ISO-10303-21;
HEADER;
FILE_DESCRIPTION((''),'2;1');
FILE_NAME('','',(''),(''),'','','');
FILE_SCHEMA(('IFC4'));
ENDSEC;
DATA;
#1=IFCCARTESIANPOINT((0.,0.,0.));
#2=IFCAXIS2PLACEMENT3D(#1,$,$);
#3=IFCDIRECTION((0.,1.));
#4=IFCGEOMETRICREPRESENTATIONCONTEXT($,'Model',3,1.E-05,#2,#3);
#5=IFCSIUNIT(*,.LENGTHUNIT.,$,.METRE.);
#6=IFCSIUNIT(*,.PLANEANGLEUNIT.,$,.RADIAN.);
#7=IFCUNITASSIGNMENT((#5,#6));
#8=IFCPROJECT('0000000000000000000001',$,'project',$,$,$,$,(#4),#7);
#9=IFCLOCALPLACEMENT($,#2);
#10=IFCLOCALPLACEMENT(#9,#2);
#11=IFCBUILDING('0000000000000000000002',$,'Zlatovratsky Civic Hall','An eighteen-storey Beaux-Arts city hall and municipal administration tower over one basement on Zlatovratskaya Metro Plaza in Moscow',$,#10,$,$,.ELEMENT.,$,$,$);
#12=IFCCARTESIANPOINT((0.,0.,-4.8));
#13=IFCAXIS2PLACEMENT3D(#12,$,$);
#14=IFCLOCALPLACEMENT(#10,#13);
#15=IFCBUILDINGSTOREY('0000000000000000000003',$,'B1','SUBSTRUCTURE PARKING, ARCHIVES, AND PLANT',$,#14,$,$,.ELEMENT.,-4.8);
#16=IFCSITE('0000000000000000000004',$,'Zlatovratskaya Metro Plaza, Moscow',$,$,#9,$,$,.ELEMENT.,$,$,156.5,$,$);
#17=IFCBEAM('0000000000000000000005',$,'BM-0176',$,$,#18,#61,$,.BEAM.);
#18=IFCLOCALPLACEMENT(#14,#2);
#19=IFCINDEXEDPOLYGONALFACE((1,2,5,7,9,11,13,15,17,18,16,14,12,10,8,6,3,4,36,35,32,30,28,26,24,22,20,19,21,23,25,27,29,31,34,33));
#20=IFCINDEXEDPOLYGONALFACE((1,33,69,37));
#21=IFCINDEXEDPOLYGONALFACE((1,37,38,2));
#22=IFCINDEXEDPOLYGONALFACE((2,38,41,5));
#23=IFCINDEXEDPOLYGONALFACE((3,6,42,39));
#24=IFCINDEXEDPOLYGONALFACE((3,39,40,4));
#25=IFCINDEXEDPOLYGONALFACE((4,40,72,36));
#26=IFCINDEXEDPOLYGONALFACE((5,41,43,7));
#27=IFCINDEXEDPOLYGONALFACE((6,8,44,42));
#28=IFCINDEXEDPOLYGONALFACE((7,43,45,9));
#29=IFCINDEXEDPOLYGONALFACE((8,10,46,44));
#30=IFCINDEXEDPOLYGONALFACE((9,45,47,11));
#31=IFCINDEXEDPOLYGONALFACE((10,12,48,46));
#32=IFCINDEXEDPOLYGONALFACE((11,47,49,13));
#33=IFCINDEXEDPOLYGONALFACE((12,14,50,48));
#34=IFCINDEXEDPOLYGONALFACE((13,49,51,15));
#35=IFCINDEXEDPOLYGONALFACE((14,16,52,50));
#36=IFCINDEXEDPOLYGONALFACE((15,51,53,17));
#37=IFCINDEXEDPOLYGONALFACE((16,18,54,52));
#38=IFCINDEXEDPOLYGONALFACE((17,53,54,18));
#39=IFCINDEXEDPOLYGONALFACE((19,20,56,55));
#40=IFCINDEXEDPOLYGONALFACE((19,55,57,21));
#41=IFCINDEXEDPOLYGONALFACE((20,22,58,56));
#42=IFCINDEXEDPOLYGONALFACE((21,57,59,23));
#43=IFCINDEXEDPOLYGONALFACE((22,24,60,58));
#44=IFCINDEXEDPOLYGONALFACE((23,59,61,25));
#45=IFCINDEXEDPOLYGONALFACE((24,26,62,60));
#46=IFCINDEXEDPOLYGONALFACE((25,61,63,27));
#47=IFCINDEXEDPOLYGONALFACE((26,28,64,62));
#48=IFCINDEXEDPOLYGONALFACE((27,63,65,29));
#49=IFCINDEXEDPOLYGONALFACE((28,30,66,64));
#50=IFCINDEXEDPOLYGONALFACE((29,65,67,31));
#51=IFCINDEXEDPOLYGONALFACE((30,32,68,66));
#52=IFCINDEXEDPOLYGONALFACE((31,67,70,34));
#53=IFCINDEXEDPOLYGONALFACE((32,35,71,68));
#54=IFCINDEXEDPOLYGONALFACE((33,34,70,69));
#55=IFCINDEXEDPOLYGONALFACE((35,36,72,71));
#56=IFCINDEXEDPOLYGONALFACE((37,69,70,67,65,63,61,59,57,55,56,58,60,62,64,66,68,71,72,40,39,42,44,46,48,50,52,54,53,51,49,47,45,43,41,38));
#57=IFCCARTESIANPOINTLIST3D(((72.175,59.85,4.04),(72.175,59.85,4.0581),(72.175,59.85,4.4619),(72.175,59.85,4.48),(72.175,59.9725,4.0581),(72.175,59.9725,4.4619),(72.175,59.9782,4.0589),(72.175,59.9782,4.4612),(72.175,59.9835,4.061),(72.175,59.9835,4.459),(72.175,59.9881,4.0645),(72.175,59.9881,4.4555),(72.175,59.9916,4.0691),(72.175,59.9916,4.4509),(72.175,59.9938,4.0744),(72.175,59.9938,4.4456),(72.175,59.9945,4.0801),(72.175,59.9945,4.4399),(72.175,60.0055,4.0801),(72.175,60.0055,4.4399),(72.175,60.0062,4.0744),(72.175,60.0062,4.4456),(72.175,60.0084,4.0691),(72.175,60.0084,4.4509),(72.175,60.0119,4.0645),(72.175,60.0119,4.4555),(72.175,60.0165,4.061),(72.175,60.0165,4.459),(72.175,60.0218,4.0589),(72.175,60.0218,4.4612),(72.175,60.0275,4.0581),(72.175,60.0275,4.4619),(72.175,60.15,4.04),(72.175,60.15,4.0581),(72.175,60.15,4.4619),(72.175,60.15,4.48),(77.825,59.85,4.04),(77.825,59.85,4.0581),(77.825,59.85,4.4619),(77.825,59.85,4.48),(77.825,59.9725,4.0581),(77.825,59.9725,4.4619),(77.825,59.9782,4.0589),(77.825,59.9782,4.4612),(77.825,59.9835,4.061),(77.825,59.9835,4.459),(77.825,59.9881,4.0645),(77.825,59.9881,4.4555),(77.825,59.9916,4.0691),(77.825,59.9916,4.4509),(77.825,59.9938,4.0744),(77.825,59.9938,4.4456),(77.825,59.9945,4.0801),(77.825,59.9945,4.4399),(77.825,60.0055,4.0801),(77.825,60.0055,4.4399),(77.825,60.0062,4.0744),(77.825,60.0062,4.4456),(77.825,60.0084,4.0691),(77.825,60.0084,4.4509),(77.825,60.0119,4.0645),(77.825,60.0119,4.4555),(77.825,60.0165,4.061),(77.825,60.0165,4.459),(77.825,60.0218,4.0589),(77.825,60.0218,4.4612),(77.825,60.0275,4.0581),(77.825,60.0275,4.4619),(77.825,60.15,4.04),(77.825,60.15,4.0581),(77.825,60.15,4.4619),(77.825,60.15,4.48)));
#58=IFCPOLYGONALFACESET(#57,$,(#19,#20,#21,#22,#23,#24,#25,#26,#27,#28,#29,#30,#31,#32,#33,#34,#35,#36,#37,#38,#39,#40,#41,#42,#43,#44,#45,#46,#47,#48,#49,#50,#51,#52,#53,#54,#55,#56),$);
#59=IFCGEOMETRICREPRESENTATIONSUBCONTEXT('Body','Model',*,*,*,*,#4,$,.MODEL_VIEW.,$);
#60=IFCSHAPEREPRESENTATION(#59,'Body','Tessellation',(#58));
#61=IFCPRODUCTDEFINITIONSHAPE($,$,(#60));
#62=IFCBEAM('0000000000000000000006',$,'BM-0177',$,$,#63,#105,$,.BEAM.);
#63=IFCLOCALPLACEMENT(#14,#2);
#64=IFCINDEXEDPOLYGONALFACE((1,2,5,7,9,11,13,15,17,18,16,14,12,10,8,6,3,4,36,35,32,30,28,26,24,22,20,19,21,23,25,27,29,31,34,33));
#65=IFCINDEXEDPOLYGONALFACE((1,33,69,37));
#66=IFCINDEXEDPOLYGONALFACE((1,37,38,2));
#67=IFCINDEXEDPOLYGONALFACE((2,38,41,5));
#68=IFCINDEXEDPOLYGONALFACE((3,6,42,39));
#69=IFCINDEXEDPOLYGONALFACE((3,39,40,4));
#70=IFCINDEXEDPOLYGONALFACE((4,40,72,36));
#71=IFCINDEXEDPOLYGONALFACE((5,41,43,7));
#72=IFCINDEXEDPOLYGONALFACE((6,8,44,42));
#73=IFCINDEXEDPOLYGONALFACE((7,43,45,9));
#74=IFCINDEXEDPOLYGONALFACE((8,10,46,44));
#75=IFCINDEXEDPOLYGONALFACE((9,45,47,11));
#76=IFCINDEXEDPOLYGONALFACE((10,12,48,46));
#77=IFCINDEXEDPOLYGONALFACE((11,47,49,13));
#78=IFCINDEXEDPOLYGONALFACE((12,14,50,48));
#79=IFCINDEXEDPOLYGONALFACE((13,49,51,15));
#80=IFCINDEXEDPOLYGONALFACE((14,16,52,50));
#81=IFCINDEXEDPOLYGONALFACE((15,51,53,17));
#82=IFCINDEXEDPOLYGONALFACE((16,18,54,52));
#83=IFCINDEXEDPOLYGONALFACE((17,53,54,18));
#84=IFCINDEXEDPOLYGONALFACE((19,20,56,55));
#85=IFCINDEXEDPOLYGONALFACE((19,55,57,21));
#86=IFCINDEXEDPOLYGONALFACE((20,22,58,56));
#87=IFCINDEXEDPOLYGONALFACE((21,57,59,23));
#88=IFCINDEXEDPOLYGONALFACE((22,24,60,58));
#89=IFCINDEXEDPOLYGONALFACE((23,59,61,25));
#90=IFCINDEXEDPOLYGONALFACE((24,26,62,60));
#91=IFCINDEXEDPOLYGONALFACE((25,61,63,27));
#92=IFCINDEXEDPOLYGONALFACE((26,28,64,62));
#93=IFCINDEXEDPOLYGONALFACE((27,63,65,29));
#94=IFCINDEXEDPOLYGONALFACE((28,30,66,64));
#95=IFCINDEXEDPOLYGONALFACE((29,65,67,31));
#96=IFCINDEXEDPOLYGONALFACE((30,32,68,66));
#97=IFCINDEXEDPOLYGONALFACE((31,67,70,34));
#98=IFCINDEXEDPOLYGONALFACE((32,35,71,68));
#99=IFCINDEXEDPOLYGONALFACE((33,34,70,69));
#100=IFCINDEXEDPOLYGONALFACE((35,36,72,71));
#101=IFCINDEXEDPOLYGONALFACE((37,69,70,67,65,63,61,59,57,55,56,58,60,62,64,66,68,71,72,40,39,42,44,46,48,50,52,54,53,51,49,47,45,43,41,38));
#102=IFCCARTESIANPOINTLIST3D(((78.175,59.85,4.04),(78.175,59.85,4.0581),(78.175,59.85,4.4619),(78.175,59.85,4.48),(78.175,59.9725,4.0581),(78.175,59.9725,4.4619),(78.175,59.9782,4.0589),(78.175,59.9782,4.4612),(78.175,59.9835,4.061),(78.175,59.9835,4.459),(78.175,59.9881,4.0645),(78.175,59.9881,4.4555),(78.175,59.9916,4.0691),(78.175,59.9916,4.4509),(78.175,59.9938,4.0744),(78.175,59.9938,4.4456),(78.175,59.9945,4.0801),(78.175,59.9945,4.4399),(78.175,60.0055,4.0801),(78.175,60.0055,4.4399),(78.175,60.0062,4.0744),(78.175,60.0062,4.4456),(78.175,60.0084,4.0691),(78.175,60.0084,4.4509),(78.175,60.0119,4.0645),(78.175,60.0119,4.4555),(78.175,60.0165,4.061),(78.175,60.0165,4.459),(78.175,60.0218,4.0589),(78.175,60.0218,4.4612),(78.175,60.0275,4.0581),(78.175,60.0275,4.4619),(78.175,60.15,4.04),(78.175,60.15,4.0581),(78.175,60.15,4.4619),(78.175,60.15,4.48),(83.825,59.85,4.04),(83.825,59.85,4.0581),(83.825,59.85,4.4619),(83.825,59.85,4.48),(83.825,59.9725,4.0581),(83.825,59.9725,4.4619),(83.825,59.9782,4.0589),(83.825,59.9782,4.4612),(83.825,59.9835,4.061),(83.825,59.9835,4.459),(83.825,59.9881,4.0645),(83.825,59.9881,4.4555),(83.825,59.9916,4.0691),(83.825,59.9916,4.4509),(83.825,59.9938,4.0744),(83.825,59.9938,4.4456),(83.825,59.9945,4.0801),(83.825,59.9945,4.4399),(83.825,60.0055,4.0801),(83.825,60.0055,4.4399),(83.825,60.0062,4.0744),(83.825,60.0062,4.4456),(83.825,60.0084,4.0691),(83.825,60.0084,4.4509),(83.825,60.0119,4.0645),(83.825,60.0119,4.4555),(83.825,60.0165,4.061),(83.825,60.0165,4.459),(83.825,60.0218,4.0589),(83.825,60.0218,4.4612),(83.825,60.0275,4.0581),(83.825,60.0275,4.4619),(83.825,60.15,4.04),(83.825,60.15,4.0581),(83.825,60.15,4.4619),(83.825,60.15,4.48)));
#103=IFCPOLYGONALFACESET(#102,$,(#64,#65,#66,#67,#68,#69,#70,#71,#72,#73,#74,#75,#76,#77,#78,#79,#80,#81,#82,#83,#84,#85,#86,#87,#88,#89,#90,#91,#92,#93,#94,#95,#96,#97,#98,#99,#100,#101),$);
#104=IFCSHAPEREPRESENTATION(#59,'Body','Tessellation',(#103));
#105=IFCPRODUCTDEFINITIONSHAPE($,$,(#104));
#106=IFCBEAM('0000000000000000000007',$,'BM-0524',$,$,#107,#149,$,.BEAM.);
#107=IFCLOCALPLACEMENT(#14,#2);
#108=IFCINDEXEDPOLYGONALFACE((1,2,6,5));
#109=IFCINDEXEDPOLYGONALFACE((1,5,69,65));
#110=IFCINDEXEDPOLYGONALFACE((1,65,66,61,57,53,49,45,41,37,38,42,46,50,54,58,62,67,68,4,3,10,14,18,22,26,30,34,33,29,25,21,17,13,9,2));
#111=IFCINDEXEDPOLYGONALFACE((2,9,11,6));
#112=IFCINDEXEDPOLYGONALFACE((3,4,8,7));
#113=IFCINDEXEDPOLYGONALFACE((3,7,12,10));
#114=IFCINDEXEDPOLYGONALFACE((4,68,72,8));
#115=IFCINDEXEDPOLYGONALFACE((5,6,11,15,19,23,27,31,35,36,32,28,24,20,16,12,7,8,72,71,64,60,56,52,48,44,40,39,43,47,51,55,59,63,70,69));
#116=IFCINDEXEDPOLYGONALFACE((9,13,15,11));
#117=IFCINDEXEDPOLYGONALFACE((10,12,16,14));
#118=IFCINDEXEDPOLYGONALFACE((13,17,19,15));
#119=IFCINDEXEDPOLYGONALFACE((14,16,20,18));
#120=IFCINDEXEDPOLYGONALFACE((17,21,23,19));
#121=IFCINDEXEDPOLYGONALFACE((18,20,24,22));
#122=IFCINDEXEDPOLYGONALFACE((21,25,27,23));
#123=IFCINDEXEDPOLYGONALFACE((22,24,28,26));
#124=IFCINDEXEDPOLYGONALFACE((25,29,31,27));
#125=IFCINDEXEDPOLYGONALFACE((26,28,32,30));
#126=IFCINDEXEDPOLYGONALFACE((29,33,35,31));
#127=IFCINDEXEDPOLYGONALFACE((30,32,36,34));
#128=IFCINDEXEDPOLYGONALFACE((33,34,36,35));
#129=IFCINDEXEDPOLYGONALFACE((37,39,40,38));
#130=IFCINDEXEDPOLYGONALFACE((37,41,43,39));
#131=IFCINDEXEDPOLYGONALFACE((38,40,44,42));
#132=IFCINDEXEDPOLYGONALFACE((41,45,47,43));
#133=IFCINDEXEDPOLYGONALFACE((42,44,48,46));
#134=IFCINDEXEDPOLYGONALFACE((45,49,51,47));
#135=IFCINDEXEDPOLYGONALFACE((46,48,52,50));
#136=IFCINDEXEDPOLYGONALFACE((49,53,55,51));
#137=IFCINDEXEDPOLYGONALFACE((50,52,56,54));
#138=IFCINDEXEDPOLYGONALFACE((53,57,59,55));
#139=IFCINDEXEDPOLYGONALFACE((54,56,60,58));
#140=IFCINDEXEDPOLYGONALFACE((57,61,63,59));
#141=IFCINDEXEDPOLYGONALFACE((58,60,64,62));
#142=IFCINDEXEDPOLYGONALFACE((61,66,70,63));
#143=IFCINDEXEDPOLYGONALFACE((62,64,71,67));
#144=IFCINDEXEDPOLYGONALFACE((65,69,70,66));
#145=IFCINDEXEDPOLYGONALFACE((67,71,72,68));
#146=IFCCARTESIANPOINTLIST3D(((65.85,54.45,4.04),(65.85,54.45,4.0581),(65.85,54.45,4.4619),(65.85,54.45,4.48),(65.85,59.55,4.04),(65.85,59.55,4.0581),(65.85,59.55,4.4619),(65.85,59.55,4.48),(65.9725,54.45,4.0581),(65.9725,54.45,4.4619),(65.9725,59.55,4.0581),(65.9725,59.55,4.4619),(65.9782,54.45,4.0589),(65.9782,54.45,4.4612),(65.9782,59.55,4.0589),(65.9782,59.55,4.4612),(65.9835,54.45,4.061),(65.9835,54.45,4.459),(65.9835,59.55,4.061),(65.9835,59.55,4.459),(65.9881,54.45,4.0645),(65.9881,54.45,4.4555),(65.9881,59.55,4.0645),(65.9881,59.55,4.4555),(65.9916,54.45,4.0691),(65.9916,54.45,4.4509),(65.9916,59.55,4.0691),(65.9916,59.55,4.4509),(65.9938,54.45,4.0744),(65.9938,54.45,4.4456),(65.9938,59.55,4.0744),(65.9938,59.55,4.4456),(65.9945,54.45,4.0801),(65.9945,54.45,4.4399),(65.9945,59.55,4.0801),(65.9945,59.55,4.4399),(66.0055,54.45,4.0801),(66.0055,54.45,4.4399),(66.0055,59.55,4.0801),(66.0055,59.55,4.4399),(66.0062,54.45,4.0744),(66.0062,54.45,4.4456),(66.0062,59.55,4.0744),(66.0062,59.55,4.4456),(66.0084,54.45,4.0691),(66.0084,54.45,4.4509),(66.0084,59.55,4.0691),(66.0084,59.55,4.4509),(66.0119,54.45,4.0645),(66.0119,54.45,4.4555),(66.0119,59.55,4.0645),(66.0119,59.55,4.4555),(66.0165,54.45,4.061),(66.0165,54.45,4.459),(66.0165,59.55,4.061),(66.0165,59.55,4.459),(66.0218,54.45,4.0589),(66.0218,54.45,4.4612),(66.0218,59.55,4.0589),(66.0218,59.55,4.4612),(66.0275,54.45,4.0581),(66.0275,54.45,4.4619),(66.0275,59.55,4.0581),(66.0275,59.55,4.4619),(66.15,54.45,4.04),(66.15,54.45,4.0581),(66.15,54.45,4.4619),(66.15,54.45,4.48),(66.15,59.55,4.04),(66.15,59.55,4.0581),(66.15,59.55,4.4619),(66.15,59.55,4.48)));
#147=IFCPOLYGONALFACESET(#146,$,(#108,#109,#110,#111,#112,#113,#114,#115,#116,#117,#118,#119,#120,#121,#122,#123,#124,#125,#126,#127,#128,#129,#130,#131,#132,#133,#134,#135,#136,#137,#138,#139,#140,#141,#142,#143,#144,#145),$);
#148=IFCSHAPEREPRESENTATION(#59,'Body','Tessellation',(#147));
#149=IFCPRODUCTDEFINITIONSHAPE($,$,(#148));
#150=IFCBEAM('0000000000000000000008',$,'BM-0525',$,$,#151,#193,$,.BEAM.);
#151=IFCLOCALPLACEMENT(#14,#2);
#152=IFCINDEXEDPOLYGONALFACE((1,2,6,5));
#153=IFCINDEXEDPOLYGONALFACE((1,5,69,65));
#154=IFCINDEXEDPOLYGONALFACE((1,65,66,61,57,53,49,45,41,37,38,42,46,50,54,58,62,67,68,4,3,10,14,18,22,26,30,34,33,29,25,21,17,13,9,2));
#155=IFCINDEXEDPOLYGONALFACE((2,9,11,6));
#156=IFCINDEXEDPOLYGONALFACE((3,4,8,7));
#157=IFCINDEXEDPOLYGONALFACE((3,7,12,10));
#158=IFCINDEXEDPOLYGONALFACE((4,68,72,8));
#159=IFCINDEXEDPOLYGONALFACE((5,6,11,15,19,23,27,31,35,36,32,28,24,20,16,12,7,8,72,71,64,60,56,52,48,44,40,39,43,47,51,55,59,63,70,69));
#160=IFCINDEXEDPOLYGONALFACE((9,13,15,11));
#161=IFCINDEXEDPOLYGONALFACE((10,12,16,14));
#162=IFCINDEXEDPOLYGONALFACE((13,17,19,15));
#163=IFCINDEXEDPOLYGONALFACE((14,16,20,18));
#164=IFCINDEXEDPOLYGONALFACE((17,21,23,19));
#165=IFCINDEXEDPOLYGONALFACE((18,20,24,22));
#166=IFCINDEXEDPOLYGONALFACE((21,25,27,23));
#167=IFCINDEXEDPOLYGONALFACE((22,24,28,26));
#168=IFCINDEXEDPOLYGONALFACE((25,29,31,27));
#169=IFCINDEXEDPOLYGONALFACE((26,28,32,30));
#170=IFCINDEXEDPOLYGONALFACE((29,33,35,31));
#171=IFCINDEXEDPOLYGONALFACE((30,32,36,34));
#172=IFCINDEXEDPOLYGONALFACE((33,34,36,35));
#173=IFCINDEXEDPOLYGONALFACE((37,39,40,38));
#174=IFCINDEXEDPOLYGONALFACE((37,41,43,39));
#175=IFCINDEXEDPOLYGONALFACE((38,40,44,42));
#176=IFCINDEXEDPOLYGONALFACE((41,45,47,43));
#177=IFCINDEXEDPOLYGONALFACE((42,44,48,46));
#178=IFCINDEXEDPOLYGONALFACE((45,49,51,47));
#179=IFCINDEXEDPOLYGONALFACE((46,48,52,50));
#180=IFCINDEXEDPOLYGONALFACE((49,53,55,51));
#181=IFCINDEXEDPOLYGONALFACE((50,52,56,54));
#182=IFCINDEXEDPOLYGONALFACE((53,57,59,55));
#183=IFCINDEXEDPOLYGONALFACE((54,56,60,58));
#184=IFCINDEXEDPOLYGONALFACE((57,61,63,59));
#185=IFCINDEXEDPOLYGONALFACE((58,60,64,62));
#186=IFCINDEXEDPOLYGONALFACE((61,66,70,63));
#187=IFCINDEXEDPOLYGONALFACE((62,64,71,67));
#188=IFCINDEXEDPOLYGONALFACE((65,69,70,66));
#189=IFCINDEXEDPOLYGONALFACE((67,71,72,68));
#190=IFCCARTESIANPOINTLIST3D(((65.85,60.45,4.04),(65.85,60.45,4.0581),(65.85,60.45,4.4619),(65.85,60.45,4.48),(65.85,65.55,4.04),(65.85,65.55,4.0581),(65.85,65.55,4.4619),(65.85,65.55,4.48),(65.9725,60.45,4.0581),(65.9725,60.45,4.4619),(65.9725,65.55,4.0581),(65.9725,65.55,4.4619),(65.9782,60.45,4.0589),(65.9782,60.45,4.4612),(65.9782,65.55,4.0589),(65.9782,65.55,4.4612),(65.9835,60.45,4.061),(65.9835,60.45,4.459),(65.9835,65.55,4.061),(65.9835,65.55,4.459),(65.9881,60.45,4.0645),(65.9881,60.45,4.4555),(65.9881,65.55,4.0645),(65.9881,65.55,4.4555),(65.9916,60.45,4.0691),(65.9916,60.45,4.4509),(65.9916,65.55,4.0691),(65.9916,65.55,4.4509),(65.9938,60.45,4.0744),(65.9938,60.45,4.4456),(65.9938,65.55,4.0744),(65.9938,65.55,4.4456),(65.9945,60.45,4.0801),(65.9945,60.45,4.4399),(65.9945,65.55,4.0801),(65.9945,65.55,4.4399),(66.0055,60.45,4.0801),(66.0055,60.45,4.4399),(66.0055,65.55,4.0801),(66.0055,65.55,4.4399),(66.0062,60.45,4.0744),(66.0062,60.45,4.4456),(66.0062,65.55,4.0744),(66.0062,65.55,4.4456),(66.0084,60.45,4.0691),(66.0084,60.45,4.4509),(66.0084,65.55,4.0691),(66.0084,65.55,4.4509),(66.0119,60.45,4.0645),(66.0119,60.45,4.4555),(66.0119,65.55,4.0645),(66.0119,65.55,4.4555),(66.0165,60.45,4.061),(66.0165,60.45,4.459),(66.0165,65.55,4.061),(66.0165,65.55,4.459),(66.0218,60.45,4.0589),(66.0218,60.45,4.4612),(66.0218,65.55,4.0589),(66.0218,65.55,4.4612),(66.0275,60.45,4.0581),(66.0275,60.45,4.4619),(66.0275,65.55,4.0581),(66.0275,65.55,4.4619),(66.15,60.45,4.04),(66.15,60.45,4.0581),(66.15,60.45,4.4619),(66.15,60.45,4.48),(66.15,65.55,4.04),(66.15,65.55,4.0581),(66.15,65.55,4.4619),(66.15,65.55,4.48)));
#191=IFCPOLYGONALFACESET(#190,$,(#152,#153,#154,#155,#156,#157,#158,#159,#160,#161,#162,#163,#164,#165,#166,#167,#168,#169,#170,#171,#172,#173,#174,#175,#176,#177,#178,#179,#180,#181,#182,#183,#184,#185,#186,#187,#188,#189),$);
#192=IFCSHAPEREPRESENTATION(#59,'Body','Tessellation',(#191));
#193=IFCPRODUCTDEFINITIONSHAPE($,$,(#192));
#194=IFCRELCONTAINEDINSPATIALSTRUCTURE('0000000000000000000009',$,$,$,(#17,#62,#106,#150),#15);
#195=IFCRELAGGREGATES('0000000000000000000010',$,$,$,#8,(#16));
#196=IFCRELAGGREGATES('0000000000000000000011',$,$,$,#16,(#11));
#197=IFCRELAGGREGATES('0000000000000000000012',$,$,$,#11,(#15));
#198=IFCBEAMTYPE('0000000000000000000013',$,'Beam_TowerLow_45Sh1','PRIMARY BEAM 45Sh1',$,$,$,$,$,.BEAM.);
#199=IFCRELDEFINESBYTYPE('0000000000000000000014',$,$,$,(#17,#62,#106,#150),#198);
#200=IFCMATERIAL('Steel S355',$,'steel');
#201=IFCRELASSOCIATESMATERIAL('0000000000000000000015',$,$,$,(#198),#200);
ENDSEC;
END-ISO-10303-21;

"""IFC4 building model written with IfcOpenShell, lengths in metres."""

from ifc_helpers import new_model, si_unit, direction, frame, origin, origin_2d, place, context, subcontext, project, spatial, i_section, extrude, material, material_profile, profile_set, type_object, element, save


model = new_model("IFC4")

# Units and contexts
model_context = context("Model", 3, precision=1e-05, world=origin(), true_north=direction((0.0, 1.0)))
body_context = subcontext(model_context, "Body", "Model", "MODEL_VIEW")
ifc_project = project(units=[si_unit("LENGTHUNIT", "METRE"), si_unit("PLANEANGLEUNIT", "RADIAN")], contexts=[model_context])

# Site, building, storey
site_placement = place(None, origin())
site = spatial("IfcSite", under=ifc_project, at=site_placement, Name="Zlatovratskaya Metro Plaza, Moscow", CompositionType="ELEMENT", RefElevation=156.5)
building_placement = place(site_placement, origin())
building = spatial("IfcBuilding", under=site, at=building_placement, Name="Zlatovratsky Civic Hall", Description="An eighteen-storey Beaux-Arts city hall and municipal administration tower over one basement on Zlatovratskaya Metro Plaza in Moscow", CompositionType="ELEMENT")
storey_placement = place(building_placement, frame((0.0, 0.0, -4.8)))
storey = spatial("IfcBuildingStorey", under=building, at=storey_placement, Name="B1", Description="SUBSTRUCTURE PARKING, ARCHIVES, AND PLANT", CompositionType="ELEMENT", Elevation=-4.8)

# Shared definitions
ifc_material_1 = material(Name="Steel S355", Category="steel")

# Beams
ifc_material_profile_1 = material_profile(ifc_material_1, i_section(OverallWidth=0.3, OverallDepth=0.4399, WebThickness=0.011, FlangeThickness=0.0181, FilletRadius=0.022, at=origin_2d()), Name="45Sh1")
ifc_profile_set_1 = profile_set([ifc_material_profile_1], Name="Steel S355")
beam_type = type_object("IfcBeamType", Name="Beam_TowerLow_45Sh1", Description="PRIMARY BEAM 45Sh1", PredefinedType="BEAM", material=ifc_profile_set_1)
for number, where, z_axis, x_axis, name in (
    (1, (72.175, 60.0, 4.26), (1.0, 0.0, 0.0), (0.0, 1.0, 0.0), "BM-0176"),
    (2, (78.175, 60.0, 4.26), (1.0, 0.0, 0.0), (0.0, 1.0, 0.0), "BM-0177"),
):
    element("IfcBeam", number, at=place(storey_placement, frame(where, z_axis=z_axis, x_axis=x_axis)), inside=storey, type_object=beam_type, Name=name, PredefinedType="BEAM", context=body_context, shape_type="SweptSolid", body=[
        extrude(i_section(OverallWidth=0.3, OverallDepth=0.4399, WebThickness=0.011, FlangeThickness=0.0181, FilletRadius=0.022, at=origin_2d()), origin(), (0.0, 0.0, 1.0), 5.6499),
    ])
for number, where, z_axis, x_axis, name in (
    (3, (66.0, 54.45, 4.26), (0.0, 1.0, 0.0), (-1.0, 0.0, 0.0), "BM-0524"),
    (4, (66.0, 60.45, 4.26), (0.0, 1.0, 0.0), (-1.0, 0.0, 0.0), "BM-0525"),
):
    element("IfcBeam", number, at=place(storey_placement, frame(where, z_axis=z_axis, x_axis=x_axis)), inside=storey, type_object=beam_type, Name=name, PredefinedType="BEAM", context=body_context, shape_type="SweptSolid", body=[
        extrude(i_section(OverallWidth=0.3, OverallDepth=0.4399, WebThickness=0.011, FlangeThickness=0.0181, FilletRadius=0.022, at=origin_2d()), origin(), (0.0, 0.0, 1.0), 5.1001),
    ])

save(model, "model.ifc")
